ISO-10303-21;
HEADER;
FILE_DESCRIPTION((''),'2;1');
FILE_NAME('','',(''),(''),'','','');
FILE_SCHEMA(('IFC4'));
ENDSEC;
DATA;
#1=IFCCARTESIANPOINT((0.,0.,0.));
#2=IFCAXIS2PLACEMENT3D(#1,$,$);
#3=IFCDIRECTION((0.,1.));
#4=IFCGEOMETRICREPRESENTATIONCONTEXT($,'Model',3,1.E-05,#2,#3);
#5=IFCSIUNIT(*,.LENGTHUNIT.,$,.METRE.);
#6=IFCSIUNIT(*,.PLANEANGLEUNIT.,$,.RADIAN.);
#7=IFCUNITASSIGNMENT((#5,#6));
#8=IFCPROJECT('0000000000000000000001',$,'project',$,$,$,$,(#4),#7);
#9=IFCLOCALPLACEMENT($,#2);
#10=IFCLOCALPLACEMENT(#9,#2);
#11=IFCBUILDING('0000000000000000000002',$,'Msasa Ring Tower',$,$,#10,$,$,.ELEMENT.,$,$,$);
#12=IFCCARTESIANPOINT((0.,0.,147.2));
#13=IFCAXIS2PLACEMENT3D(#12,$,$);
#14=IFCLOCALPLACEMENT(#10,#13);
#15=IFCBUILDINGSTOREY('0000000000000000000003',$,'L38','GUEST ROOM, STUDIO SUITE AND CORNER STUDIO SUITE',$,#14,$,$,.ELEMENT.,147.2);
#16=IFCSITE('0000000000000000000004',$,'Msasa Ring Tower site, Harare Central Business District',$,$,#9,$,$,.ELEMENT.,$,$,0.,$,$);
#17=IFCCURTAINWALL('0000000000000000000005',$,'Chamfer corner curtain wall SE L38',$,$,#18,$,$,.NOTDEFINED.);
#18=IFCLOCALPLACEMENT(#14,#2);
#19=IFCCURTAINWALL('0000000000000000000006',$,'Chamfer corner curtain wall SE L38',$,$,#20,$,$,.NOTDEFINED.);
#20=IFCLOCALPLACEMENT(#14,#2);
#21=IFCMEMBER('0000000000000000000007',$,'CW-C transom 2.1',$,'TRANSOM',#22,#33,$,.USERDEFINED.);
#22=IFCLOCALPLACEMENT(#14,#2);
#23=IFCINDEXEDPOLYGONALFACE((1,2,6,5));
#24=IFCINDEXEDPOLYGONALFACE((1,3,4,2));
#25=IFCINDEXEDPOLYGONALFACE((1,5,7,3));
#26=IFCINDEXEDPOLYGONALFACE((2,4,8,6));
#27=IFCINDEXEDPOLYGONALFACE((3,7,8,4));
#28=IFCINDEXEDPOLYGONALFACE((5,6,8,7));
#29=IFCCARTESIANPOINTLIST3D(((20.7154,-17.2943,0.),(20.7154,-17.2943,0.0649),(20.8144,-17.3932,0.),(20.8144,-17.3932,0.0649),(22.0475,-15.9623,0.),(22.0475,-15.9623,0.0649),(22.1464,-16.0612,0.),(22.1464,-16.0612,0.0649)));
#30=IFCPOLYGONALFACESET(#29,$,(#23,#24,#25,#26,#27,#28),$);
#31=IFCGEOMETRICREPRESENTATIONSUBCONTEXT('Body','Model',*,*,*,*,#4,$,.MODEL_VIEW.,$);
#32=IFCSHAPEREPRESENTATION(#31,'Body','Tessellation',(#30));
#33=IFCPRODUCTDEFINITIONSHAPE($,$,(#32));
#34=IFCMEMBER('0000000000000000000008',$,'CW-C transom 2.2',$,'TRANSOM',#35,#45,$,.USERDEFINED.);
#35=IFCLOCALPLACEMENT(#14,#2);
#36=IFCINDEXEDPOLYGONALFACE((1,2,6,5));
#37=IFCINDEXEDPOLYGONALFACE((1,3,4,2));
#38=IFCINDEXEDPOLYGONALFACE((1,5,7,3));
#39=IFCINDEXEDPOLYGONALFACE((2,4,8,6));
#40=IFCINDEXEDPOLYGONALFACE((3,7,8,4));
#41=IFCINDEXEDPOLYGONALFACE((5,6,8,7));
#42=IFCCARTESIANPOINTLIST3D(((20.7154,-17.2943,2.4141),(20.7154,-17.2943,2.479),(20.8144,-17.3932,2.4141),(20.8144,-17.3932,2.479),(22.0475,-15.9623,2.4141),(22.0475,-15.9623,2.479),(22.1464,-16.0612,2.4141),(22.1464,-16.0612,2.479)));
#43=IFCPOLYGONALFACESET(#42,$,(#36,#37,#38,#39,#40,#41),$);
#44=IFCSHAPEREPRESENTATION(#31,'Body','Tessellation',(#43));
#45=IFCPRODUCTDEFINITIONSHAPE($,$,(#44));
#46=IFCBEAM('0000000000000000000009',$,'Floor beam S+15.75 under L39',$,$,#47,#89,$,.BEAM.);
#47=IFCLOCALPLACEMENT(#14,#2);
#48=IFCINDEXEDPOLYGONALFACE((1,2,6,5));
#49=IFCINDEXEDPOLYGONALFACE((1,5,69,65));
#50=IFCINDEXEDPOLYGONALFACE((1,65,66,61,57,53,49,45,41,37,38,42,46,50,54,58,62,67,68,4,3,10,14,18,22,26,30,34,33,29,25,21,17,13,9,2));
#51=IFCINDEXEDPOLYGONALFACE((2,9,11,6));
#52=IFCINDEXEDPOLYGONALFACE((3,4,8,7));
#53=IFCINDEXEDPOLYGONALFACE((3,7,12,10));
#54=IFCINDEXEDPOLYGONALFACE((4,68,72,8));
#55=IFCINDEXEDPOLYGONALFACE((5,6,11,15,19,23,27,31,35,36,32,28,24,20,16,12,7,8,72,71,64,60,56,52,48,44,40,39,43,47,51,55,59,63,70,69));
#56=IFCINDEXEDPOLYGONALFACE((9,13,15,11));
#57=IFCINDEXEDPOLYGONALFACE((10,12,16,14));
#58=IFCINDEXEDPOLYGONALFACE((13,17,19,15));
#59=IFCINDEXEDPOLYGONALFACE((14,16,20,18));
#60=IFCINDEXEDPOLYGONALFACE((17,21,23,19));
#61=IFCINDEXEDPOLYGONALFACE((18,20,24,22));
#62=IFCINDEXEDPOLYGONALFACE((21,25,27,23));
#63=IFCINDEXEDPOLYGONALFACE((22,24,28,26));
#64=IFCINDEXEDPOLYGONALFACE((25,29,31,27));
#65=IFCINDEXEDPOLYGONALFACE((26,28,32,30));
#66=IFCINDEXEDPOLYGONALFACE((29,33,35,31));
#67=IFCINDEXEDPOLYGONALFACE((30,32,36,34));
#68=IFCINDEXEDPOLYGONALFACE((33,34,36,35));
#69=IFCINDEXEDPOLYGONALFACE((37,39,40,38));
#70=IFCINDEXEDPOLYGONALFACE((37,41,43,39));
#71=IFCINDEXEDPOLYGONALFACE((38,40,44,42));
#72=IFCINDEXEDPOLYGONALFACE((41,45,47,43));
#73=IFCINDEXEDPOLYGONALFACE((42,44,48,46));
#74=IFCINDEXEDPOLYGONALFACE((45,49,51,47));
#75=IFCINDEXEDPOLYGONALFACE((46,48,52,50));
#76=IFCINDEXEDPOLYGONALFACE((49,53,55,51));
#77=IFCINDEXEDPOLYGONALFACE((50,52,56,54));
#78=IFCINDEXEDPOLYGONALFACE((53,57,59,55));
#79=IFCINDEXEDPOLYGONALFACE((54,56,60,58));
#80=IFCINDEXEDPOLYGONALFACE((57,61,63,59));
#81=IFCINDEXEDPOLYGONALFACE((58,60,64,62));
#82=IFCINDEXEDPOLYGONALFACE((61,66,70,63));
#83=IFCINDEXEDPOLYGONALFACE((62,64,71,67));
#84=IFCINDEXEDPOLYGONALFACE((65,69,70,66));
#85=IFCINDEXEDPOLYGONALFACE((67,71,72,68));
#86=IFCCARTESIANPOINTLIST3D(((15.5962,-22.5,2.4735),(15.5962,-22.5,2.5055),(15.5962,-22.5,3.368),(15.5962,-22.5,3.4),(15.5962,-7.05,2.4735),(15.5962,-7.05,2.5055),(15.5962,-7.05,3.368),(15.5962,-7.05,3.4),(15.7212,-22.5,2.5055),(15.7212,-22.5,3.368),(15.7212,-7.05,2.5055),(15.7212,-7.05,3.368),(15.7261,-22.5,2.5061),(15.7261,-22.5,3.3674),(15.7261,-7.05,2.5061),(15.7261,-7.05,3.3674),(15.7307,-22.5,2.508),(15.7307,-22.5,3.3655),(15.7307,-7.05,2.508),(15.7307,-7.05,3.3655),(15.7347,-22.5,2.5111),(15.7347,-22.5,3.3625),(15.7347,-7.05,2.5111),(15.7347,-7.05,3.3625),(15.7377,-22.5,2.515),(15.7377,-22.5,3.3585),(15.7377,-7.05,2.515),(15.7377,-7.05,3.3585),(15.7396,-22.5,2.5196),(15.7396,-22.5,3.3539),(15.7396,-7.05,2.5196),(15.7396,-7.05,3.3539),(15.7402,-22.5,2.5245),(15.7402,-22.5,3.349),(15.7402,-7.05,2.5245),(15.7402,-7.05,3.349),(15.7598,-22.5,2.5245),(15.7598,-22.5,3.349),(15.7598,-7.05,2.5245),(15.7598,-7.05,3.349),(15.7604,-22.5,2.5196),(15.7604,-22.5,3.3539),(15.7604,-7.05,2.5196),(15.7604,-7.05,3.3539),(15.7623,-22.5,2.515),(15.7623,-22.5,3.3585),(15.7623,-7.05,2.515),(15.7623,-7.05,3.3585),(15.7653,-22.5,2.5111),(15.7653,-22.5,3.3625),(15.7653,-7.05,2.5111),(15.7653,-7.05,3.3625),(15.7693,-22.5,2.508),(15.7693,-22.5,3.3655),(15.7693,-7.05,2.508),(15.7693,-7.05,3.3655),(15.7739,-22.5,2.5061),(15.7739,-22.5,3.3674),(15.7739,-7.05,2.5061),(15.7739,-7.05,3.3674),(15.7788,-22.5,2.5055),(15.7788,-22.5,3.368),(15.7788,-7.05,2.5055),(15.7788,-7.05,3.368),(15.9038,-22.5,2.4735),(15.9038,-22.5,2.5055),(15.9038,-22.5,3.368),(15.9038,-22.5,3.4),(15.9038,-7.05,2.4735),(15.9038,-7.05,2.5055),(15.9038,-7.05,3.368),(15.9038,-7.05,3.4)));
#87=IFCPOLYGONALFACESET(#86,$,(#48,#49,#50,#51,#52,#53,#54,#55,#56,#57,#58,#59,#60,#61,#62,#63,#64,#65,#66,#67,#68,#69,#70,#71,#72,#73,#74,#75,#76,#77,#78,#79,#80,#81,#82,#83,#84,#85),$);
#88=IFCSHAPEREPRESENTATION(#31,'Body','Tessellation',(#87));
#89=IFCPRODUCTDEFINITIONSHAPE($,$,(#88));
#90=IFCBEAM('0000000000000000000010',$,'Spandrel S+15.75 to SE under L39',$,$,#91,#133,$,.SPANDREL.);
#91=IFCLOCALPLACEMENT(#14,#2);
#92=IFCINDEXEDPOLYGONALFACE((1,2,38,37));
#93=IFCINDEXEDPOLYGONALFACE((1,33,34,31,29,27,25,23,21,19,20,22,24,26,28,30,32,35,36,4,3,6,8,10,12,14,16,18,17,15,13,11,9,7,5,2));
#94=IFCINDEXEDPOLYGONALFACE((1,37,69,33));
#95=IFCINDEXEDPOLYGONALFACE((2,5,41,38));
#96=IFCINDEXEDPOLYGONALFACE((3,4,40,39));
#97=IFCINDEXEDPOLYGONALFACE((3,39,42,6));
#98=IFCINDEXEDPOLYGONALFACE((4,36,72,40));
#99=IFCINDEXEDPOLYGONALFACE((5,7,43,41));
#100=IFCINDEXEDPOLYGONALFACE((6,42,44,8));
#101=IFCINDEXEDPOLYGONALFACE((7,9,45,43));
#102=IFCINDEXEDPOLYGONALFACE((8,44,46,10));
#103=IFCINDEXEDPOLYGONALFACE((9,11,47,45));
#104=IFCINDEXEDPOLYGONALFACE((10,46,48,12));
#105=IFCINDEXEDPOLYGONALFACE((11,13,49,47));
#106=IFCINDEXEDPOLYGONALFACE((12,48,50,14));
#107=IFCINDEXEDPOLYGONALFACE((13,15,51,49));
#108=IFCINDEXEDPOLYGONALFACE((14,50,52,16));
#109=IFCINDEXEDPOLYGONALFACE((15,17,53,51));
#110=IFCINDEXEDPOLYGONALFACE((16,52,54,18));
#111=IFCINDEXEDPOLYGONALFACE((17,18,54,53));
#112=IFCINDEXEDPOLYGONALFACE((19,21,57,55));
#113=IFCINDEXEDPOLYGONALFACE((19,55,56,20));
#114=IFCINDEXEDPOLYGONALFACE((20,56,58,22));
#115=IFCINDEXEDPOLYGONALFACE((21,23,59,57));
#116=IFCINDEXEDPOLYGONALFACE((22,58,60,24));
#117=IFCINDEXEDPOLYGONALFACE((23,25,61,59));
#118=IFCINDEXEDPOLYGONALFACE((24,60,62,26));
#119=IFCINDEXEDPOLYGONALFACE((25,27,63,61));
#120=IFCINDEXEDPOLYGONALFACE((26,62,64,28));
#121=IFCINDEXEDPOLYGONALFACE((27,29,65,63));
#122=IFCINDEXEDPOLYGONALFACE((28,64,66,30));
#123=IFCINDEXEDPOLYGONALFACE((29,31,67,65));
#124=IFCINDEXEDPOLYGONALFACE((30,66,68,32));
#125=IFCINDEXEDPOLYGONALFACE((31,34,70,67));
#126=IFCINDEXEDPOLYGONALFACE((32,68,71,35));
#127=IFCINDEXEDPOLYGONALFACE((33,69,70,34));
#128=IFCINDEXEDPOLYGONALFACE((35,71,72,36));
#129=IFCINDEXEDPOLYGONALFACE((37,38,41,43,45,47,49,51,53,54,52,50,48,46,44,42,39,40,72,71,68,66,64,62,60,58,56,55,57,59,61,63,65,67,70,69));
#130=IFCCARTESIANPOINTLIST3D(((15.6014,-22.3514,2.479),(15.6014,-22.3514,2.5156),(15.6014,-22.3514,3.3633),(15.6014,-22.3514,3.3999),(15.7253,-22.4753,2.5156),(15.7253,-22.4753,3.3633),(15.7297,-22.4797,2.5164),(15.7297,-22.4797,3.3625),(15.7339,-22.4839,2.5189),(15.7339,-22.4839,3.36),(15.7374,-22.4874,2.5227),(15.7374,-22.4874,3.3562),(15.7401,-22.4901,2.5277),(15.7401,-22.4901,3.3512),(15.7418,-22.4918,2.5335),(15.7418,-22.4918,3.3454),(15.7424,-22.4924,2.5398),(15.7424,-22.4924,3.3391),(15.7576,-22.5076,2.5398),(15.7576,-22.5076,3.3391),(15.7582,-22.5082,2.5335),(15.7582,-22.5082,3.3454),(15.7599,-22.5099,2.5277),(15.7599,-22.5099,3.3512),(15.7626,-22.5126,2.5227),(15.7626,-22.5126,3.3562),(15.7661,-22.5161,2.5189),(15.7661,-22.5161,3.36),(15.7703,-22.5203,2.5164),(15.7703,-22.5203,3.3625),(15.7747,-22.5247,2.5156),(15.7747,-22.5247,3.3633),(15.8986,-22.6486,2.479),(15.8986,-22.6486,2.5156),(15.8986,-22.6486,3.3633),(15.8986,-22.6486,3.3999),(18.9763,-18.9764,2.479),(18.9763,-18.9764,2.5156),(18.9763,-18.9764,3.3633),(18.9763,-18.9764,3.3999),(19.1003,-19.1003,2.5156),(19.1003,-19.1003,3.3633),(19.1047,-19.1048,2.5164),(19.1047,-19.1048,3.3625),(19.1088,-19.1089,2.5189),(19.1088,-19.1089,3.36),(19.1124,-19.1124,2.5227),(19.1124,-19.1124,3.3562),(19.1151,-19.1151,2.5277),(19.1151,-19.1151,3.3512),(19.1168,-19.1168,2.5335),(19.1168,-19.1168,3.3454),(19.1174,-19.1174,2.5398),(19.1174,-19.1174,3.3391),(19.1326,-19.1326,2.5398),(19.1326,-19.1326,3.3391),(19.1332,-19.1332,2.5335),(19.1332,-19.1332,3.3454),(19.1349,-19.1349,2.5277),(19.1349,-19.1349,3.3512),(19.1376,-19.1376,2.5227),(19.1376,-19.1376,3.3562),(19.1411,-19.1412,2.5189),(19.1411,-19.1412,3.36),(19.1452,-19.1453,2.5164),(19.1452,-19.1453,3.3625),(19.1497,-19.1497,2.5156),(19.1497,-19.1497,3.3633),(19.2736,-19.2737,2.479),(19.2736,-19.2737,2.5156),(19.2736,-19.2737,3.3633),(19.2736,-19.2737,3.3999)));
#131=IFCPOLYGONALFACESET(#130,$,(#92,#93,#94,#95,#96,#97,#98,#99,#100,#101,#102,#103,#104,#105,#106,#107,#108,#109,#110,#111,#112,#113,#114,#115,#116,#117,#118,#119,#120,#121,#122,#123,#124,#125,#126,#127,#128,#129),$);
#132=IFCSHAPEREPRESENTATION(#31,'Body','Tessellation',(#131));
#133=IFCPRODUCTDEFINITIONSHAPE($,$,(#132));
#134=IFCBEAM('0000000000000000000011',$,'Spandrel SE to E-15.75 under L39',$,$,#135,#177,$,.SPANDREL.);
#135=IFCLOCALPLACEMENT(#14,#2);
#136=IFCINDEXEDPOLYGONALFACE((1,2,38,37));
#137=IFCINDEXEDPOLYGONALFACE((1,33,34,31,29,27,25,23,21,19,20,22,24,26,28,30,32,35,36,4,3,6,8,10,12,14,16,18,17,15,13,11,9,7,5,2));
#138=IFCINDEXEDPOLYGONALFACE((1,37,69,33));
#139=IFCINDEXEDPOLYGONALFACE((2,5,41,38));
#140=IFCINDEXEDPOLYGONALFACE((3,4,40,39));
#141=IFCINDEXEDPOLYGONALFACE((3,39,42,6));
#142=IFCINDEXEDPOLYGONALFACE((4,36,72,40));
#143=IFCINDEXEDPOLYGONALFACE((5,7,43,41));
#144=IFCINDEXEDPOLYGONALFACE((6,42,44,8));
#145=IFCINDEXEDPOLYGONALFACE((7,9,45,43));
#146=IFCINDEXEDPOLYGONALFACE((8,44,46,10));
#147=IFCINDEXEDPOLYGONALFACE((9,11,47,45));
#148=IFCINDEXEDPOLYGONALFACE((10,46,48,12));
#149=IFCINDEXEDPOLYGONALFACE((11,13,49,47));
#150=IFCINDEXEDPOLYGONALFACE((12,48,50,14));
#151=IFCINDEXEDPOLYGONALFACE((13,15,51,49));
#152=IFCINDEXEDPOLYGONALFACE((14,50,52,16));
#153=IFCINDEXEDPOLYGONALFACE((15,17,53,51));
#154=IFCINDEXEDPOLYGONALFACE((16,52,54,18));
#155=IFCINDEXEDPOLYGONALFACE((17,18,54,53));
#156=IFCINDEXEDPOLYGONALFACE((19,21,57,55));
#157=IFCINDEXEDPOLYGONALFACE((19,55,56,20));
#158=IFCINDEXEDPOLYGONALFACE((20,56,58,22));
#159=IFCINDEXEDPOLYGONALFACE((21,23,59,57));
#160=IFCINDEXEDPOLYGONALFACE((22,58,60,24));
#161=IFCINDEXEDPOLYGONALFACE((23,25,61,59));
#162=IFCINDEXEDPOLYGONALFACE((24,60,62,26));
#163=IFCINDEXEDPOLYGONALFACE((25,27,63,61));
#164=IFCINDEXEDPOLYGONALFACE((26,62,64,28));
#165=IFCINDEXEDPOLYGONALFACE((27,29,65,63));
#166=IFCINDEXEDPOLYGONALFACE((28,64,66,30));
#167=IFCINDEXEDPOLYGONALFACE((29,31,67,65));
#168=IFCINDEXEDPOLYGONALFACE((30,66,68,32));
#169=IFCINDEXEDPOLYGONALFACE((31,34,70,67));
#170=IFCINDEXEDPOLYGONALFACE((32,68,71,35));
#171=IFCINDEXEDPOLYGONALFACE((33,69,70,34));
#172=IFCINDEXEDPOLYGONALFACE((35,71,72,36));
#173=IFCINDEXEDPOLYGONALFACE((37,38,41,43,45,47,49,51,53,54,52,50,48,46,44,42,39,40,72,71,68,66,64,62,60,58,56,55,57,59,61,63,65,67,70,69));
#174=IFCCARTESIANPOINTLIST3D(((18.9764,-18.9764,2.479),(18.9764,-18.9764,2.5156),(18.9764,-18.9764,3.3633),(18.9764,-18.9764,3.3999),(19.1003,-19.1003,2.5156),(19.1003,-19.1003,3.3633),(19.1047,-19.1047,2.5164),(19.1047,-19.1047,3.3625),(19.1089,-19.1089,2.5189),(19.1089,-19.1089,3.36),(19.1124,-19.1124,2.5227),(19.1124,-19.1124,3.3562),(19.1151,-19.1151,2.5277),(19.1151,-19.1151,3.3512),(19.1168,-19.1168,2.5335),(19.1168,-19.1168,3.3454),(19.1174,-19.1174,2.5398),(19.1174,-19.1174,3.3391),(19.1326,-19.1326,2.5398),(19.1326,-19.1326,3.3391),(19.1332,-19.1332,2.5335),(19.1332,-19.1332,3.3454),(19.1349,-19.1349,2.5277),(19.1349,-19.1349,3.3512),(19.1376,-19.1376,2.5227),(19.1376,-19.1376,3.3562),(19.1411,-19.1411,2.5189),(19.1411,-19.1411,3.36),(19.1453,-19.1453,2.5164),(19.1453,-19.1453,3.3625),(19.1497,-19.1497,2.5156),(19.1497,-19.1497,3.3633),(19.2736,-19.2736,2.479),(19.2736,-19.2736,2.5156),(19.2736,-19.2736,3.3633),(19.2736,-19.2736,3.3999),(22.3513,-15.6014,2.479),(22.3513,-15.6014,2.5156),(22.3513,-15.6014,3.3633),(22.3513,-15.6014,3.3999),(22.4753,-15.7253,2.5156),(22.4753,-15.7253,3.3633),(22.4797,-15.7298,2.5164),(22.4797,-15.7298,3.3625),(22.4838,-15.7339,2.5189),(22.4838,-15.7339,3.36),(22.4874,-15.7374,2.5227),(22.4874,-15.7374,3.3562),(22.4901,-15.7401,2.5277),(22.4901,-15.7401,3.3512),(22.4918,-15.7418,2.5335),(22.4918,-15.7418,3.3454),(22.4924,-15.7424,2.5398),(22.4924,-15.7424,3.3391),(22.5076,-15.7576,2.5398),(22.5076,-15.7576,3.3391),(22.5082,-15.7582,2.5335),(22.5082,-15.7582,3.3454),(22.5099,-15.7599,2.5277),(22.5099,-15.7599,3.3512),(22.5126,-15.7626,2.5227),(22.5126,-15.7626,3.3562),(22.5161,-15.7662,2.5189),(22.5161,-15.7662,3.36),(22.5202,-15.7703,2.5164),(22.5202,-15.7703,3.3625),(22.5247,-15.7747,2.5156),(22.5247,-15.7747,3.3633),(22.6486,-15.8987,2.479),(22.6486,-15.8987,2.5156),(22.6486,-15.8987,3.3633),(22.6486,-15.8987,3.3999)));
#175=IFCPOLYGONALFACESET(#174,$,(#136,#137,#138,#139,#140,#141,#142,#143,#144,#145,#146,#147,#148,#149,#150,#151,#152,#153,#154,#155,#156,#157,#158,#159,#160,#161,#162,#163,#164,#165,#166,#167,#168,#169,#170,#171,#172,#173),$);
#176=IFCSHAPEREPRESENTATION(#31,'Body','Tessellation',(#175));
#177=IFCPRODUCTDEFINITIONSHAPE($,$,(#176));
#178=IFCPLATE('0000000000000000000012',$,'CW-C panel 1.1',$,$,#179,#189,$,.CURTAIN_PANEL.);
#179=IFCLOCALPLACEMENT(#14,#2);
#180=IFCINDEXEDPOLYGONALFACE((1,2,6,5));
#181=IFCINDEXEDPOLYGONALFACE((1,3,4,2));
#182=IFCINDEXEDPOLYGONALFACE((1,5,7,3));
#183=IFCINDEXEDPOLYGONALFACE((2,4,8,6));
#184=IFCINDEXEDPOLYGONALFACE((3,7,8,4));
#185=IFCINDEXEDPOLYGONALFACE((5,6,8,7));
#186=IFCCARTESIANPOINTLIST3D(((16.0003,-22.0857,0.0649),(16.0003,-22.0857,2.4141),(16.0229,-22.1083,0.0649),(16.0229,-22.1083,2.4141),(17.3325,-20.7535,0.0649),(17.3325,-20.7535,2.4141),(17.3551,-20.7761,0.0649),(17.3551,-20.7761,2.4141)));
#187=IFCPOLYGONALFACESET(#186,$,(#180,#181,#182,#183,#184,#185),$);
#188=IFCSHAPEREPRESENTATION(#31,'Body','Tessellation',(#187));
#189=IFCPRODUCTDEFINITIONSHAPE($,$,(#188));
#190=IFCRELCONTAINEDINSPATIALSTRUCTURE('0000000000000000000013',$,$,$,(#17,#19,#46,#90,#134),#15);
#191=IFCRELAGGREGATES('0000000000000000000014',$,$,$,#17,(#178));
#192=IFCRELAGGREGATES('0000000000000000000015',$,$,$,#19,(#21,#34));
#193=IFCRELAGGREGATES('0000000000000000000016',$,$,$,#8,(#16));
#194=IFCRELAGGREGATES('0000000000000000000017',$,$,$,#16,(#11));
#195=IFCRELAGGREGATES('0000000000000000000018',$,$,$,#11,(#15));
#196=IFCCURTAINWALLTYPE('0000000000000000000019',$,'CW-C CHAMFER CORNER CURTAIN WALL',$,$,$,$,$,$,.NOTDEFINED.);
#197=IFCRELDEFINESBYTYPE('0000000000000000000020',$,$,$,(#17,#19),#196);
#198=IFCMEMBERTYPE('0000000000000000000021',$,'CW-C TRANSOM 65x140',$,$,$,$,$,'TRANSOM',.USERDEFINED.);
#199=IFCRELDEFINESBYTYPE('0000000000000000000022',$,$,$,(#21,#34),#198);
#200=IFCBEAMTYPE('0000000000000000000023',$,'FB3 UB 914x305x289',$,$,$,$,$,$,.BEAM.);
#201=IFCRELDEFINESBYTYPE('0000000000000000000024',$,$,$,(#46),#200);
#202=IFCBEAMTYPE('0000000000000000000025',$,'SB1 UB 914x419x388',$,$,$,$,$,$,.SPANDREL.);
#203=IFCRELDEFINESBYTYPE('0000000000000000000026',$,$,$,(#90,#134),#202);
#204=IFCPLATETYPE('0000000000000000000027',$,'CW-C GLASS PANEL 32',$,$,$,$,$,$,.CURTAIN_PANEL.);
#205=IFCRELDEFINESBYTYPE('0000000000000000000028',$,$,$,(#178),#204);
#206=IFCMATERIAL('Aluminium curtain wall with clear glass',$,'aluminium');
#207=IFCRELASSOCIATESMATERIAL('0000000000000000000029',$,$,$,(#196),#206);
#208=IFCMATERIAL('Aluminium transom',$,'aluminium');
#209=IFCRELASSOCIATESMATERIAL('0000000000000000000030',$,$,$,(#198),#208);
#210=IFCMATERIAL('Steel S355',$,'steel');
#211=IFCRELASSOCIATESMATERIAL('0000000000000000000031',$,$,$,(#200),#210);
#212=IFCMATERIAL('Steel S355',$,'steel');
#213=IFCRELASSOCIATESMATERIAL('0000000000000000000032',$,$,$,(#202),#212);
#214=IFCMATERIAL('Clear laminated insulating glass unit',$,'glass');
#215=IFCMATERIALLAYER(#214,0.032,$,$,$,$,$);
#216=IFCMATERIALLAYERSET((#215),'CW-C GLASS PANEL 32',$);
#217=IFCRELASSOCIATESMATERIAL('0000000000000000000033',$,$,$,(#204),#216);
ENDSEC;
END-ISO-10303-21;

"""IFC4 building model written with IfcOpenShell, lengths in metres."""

from ifc_helpers import new_model, si_unit, direction, frame, origin, origin_2d, place, context, subcontext, project, spatial, rectangle, i_section, extrude, material, layer, layer_set, material_profile, profile_set, type_object, element, aggregate, save


model = new_model("IFC4")

# Units and contexts
model_context = context("Model", 3, precision=1e-05, world=origin(), true_north=direction((0.0, 1.0)))
body_context = subcontext(model_context, "Body", "Model", "MODEL_VIEW")
ifc_project = project(units=[si_unit("LENGTHUNIT", "METRE"), si_unit("PLANEANGLEUNIT", "RADIAN")], contexts=[model_context])

# Site, building, storey
site_placement = place(None, origin())
site = spatial("IfcSite", under=ifc_project, at=site_placement, Name="Msasa Ring Tower site, Harare Central Business District", CompositionType="ELEMENT", RefElevation=0.0)
building_placement = place(site_placement, origin())
building = spatial("IfcBuilding", under=site, at=building_placement, Name="Msasa Ring Tower", CompositionType="ELEMENT")
storey_placement = place(building_placement, frame((0.0, 0.0, 147.2)))
storey = spatial("IfcBuildingStorey", under=building, at=storey_placement, Name="L38", Description="GUEST ROOM, STUDIO SUITE AND CORNER STUDIO SUITE", CompositionType="ELEMENT", Elevation=147.2)

# Curtain walls
ifc_material_1 = material(Name="Aluminium curtain wall with clear glass", Category="aluminium")
curtain_wall_type = type_object("IfcCurtainWallType", Name="CW-C CHAMFER CORNER CURTAIN WALL", PredefinedType="NOTDEFINED", material=ifc_material_1)
curtain_wall_1_placement = place(storey_placement, origin())
curtain_wall_1 = element("IfcCurtainWall", 1, at=curtain_wall_1_placement, inside=storey, type_object=curtain_wall_type, Name="Chamfer corner curtain wall SE L38", PredefinedType="NOTDEFINED")
curtain_wall_2_placement = place(storey_placement, origin())
curtain_wall_2 = element("IfcCurtainWall", 2, at=curtain_wall_2_placement, inside=storey, type_object=curtain_wall_type, Name="Chamfer corner curtain wall SE L38", PredefinedType="NOTDEFINED")

# Members
ifc_material_2 = material(Name="Aluminium transom", Category="aluminium")
ifc_material_profile_1 = material_profile(ifc_material_2, rectangle(XDim=0.1399, YDim=0.0649, at=origin_2d()), Name="AL 65x140")
ifc_profile_set_1 = profile_set([ifc_material_profile_1], Name="Aluminium transom")
member_type_1 = type_object("IfcMemberType", Name="CW-C TRANSOM 65x140", ElementType="TRANSOM", PredefinedType="USERDEFINED", material=ifc_profile_set_1)
member_1_placement = place(storey_placement, frame((20.7649, -17.3438, 0.0325), z_axis=(0.707107, 0.707107, 0.0), x_axis=(-0.707107, 0.707107, 0.0)))
member_1 = element("IfcMember", 3, at=member_1_placement, type_object=member_type_1, Name="CW-C transom 2.1", ObjectType="TRANSOM", PredefinedType="USERDEFINED", context=body_context, shape_type="SweptSolid", body=[
    extrude(rectangle(XDim=0.1399, YDim=0.0649, at=origin_2d()), origin(), (0.0, 0.0, 1.0), 1.8838),
])
member_2_placement = place(storey_placement, frame((20.7649, -17.3438, 2.4465), z_axis=(0.707107, 0.707107, 0.0), x_axis=(-0.707107, 0.707107, 0.0)))
member_2 = element("IfcMember", 4, at=member_2_placement, type_object=member_type_1, Name="CW-C transom 2.2", ObjectType="TRANSOM", PredefinedType="USERDEFINED", context=body_context, shape_type="SweptSolid", body=[
    extrude(rectangle(XDim=0.1399, YDim=0.0649, at=origin_2d()), origin(), (0.0, 0.0, 1.0), 1.8838),
])

# Beams
ifc_material_3 = material(Name="Steel S355", Category="steel")
ifc_material_profile_2 = material_profile(ifc_material_3, i_section(OverallWidth=0.3076, OverallDepth=0.9265, WebThickness=0.0195, FlangeThickness=0.032, FilletRadius=0.019, at=origin_2d()), Name="UB 914x305x289")
ifc_profile_set_2 = profile_set([ifc_material_profile_2], Name="Steel S355")
beam_type_1 = type_object("IfcBeamType", Name="FB3 UB 914x305x289", PredefinedType="BEAM", material=ifc_profile_set_2)
beam_placement = place(storey_placement, frame((15.75, -22.5, 2.9368), z_axis=(0.0, 1.0, 0.0), x_axis=(-1.0, 0.0, 0.0)))
element("IfcBeam", 5, at=beam_placement, inside=storey, type_object=beam_type_1, Name="Floor beam S+15.75 under L39", PredefinedType="BEAM", context=body_context, shape_type="SweptSolid", body=[
    extrude(i_section(OverallWidth=0.3076, OverallDepth=0.9265, WebThickness=0.0195, FlangeThickness=0.032, FilletRadius=0.019, at=origin_2d()), origin(), (0.0, 0.0, 1.0), 15.45),
])
ifc_material_4 = material(Name="Steel S355", Category="steel")
ifc_material_profile_3 = material_profile(ifc_material_4, i_section(OverallWidth=0.4204, OverallDepth=0.9209, WebThickness=0.0215, FlangeThickness=0.0366, FilletRadius=0.0242, at=origin_2d()), Name="UB 914x419x388")
ifc_profile_set_3 = profile_set([ifc_material_profile_3], Name="Steel S355")
beam_type_2 = type_object("IfcBeamType", Name="SB1 UB 914x419x388", PredefinedType="SPANDREL", material=ifc_profile_set_3)
for number, where, z_axis, x_axis, name in (
    (6, (15.75, -22.5, 2.9395), (0.707107, 0.707107, 0.0), (-0.707107, 0.707107, 0.0), "Spandrel S+15.75 to SE under L39"),
    (7, (19.125, -19.125, 2.9395), (0.707107, 0.707107, 0.0), (-0.707107, 0.707107, 0.0), "Spandrel SE to E-15.75 under L39"),
):
    element("IfcBeam", number, at=place(storey_placement, frame(where, z_axis=z_axis, x_axis=x_axis)), inside=storey, type_object=beam_type_2, Name=name, PredefinedType="SPANDREL", context=body_context, shape_type="SweptSolid", body=[
        extrude(i_section(OverallWidth=0.4204, OverallDepth=0.9209, WebThickness=0.0215, FlangeThickness=0.0366, FilletRadius=0.0242, at=origin_2d()), origin(), (0.0, 0.0, 1.0), 4.7729),
    ])

# Plate
ifc_material_5 = material(Name="Clear laminated insulating glass unit", Category="glass")
ifc_layer_1 = layer(ifc_material_5, 0.032)
ifc_layer_set_1 = layer_set([ifc_layer_1], Name="CW-C GLASS PANEL 32")
plate_type = type_object("IfcPlateType", Name="CW-C GLASS PANEL 32", PredefinedType="CURTAIN_PANEL", material=ifc_layer_set_1)
plate_1_placement = place(storey_placement, frame((16.6777, -21.4309, 0.0649), z_axis=(0.0, 0.0, 1.0), x_axis=(0.707107, 0.707107, 0.0)))
plate_1 = element("IfcPlate", 8, at=plate_1_placement, type_object=plate_type, Name="CW-C panel 1.1", PredefinedType="CURTAIN_PANEL", context=body_context, shape_type="SweptSolid", body=[
    extrude(rectangle(XDim=1.884, YDim=0.032, at=origin_2d()), origin(), (0.0, 0.0, 1.0), 2.3491),
])
aggregate(curtain_wall_1, [plate_1])
aggregate(curtain_wall_2, [member_1, member_2])

save(model, "model.ifc")
